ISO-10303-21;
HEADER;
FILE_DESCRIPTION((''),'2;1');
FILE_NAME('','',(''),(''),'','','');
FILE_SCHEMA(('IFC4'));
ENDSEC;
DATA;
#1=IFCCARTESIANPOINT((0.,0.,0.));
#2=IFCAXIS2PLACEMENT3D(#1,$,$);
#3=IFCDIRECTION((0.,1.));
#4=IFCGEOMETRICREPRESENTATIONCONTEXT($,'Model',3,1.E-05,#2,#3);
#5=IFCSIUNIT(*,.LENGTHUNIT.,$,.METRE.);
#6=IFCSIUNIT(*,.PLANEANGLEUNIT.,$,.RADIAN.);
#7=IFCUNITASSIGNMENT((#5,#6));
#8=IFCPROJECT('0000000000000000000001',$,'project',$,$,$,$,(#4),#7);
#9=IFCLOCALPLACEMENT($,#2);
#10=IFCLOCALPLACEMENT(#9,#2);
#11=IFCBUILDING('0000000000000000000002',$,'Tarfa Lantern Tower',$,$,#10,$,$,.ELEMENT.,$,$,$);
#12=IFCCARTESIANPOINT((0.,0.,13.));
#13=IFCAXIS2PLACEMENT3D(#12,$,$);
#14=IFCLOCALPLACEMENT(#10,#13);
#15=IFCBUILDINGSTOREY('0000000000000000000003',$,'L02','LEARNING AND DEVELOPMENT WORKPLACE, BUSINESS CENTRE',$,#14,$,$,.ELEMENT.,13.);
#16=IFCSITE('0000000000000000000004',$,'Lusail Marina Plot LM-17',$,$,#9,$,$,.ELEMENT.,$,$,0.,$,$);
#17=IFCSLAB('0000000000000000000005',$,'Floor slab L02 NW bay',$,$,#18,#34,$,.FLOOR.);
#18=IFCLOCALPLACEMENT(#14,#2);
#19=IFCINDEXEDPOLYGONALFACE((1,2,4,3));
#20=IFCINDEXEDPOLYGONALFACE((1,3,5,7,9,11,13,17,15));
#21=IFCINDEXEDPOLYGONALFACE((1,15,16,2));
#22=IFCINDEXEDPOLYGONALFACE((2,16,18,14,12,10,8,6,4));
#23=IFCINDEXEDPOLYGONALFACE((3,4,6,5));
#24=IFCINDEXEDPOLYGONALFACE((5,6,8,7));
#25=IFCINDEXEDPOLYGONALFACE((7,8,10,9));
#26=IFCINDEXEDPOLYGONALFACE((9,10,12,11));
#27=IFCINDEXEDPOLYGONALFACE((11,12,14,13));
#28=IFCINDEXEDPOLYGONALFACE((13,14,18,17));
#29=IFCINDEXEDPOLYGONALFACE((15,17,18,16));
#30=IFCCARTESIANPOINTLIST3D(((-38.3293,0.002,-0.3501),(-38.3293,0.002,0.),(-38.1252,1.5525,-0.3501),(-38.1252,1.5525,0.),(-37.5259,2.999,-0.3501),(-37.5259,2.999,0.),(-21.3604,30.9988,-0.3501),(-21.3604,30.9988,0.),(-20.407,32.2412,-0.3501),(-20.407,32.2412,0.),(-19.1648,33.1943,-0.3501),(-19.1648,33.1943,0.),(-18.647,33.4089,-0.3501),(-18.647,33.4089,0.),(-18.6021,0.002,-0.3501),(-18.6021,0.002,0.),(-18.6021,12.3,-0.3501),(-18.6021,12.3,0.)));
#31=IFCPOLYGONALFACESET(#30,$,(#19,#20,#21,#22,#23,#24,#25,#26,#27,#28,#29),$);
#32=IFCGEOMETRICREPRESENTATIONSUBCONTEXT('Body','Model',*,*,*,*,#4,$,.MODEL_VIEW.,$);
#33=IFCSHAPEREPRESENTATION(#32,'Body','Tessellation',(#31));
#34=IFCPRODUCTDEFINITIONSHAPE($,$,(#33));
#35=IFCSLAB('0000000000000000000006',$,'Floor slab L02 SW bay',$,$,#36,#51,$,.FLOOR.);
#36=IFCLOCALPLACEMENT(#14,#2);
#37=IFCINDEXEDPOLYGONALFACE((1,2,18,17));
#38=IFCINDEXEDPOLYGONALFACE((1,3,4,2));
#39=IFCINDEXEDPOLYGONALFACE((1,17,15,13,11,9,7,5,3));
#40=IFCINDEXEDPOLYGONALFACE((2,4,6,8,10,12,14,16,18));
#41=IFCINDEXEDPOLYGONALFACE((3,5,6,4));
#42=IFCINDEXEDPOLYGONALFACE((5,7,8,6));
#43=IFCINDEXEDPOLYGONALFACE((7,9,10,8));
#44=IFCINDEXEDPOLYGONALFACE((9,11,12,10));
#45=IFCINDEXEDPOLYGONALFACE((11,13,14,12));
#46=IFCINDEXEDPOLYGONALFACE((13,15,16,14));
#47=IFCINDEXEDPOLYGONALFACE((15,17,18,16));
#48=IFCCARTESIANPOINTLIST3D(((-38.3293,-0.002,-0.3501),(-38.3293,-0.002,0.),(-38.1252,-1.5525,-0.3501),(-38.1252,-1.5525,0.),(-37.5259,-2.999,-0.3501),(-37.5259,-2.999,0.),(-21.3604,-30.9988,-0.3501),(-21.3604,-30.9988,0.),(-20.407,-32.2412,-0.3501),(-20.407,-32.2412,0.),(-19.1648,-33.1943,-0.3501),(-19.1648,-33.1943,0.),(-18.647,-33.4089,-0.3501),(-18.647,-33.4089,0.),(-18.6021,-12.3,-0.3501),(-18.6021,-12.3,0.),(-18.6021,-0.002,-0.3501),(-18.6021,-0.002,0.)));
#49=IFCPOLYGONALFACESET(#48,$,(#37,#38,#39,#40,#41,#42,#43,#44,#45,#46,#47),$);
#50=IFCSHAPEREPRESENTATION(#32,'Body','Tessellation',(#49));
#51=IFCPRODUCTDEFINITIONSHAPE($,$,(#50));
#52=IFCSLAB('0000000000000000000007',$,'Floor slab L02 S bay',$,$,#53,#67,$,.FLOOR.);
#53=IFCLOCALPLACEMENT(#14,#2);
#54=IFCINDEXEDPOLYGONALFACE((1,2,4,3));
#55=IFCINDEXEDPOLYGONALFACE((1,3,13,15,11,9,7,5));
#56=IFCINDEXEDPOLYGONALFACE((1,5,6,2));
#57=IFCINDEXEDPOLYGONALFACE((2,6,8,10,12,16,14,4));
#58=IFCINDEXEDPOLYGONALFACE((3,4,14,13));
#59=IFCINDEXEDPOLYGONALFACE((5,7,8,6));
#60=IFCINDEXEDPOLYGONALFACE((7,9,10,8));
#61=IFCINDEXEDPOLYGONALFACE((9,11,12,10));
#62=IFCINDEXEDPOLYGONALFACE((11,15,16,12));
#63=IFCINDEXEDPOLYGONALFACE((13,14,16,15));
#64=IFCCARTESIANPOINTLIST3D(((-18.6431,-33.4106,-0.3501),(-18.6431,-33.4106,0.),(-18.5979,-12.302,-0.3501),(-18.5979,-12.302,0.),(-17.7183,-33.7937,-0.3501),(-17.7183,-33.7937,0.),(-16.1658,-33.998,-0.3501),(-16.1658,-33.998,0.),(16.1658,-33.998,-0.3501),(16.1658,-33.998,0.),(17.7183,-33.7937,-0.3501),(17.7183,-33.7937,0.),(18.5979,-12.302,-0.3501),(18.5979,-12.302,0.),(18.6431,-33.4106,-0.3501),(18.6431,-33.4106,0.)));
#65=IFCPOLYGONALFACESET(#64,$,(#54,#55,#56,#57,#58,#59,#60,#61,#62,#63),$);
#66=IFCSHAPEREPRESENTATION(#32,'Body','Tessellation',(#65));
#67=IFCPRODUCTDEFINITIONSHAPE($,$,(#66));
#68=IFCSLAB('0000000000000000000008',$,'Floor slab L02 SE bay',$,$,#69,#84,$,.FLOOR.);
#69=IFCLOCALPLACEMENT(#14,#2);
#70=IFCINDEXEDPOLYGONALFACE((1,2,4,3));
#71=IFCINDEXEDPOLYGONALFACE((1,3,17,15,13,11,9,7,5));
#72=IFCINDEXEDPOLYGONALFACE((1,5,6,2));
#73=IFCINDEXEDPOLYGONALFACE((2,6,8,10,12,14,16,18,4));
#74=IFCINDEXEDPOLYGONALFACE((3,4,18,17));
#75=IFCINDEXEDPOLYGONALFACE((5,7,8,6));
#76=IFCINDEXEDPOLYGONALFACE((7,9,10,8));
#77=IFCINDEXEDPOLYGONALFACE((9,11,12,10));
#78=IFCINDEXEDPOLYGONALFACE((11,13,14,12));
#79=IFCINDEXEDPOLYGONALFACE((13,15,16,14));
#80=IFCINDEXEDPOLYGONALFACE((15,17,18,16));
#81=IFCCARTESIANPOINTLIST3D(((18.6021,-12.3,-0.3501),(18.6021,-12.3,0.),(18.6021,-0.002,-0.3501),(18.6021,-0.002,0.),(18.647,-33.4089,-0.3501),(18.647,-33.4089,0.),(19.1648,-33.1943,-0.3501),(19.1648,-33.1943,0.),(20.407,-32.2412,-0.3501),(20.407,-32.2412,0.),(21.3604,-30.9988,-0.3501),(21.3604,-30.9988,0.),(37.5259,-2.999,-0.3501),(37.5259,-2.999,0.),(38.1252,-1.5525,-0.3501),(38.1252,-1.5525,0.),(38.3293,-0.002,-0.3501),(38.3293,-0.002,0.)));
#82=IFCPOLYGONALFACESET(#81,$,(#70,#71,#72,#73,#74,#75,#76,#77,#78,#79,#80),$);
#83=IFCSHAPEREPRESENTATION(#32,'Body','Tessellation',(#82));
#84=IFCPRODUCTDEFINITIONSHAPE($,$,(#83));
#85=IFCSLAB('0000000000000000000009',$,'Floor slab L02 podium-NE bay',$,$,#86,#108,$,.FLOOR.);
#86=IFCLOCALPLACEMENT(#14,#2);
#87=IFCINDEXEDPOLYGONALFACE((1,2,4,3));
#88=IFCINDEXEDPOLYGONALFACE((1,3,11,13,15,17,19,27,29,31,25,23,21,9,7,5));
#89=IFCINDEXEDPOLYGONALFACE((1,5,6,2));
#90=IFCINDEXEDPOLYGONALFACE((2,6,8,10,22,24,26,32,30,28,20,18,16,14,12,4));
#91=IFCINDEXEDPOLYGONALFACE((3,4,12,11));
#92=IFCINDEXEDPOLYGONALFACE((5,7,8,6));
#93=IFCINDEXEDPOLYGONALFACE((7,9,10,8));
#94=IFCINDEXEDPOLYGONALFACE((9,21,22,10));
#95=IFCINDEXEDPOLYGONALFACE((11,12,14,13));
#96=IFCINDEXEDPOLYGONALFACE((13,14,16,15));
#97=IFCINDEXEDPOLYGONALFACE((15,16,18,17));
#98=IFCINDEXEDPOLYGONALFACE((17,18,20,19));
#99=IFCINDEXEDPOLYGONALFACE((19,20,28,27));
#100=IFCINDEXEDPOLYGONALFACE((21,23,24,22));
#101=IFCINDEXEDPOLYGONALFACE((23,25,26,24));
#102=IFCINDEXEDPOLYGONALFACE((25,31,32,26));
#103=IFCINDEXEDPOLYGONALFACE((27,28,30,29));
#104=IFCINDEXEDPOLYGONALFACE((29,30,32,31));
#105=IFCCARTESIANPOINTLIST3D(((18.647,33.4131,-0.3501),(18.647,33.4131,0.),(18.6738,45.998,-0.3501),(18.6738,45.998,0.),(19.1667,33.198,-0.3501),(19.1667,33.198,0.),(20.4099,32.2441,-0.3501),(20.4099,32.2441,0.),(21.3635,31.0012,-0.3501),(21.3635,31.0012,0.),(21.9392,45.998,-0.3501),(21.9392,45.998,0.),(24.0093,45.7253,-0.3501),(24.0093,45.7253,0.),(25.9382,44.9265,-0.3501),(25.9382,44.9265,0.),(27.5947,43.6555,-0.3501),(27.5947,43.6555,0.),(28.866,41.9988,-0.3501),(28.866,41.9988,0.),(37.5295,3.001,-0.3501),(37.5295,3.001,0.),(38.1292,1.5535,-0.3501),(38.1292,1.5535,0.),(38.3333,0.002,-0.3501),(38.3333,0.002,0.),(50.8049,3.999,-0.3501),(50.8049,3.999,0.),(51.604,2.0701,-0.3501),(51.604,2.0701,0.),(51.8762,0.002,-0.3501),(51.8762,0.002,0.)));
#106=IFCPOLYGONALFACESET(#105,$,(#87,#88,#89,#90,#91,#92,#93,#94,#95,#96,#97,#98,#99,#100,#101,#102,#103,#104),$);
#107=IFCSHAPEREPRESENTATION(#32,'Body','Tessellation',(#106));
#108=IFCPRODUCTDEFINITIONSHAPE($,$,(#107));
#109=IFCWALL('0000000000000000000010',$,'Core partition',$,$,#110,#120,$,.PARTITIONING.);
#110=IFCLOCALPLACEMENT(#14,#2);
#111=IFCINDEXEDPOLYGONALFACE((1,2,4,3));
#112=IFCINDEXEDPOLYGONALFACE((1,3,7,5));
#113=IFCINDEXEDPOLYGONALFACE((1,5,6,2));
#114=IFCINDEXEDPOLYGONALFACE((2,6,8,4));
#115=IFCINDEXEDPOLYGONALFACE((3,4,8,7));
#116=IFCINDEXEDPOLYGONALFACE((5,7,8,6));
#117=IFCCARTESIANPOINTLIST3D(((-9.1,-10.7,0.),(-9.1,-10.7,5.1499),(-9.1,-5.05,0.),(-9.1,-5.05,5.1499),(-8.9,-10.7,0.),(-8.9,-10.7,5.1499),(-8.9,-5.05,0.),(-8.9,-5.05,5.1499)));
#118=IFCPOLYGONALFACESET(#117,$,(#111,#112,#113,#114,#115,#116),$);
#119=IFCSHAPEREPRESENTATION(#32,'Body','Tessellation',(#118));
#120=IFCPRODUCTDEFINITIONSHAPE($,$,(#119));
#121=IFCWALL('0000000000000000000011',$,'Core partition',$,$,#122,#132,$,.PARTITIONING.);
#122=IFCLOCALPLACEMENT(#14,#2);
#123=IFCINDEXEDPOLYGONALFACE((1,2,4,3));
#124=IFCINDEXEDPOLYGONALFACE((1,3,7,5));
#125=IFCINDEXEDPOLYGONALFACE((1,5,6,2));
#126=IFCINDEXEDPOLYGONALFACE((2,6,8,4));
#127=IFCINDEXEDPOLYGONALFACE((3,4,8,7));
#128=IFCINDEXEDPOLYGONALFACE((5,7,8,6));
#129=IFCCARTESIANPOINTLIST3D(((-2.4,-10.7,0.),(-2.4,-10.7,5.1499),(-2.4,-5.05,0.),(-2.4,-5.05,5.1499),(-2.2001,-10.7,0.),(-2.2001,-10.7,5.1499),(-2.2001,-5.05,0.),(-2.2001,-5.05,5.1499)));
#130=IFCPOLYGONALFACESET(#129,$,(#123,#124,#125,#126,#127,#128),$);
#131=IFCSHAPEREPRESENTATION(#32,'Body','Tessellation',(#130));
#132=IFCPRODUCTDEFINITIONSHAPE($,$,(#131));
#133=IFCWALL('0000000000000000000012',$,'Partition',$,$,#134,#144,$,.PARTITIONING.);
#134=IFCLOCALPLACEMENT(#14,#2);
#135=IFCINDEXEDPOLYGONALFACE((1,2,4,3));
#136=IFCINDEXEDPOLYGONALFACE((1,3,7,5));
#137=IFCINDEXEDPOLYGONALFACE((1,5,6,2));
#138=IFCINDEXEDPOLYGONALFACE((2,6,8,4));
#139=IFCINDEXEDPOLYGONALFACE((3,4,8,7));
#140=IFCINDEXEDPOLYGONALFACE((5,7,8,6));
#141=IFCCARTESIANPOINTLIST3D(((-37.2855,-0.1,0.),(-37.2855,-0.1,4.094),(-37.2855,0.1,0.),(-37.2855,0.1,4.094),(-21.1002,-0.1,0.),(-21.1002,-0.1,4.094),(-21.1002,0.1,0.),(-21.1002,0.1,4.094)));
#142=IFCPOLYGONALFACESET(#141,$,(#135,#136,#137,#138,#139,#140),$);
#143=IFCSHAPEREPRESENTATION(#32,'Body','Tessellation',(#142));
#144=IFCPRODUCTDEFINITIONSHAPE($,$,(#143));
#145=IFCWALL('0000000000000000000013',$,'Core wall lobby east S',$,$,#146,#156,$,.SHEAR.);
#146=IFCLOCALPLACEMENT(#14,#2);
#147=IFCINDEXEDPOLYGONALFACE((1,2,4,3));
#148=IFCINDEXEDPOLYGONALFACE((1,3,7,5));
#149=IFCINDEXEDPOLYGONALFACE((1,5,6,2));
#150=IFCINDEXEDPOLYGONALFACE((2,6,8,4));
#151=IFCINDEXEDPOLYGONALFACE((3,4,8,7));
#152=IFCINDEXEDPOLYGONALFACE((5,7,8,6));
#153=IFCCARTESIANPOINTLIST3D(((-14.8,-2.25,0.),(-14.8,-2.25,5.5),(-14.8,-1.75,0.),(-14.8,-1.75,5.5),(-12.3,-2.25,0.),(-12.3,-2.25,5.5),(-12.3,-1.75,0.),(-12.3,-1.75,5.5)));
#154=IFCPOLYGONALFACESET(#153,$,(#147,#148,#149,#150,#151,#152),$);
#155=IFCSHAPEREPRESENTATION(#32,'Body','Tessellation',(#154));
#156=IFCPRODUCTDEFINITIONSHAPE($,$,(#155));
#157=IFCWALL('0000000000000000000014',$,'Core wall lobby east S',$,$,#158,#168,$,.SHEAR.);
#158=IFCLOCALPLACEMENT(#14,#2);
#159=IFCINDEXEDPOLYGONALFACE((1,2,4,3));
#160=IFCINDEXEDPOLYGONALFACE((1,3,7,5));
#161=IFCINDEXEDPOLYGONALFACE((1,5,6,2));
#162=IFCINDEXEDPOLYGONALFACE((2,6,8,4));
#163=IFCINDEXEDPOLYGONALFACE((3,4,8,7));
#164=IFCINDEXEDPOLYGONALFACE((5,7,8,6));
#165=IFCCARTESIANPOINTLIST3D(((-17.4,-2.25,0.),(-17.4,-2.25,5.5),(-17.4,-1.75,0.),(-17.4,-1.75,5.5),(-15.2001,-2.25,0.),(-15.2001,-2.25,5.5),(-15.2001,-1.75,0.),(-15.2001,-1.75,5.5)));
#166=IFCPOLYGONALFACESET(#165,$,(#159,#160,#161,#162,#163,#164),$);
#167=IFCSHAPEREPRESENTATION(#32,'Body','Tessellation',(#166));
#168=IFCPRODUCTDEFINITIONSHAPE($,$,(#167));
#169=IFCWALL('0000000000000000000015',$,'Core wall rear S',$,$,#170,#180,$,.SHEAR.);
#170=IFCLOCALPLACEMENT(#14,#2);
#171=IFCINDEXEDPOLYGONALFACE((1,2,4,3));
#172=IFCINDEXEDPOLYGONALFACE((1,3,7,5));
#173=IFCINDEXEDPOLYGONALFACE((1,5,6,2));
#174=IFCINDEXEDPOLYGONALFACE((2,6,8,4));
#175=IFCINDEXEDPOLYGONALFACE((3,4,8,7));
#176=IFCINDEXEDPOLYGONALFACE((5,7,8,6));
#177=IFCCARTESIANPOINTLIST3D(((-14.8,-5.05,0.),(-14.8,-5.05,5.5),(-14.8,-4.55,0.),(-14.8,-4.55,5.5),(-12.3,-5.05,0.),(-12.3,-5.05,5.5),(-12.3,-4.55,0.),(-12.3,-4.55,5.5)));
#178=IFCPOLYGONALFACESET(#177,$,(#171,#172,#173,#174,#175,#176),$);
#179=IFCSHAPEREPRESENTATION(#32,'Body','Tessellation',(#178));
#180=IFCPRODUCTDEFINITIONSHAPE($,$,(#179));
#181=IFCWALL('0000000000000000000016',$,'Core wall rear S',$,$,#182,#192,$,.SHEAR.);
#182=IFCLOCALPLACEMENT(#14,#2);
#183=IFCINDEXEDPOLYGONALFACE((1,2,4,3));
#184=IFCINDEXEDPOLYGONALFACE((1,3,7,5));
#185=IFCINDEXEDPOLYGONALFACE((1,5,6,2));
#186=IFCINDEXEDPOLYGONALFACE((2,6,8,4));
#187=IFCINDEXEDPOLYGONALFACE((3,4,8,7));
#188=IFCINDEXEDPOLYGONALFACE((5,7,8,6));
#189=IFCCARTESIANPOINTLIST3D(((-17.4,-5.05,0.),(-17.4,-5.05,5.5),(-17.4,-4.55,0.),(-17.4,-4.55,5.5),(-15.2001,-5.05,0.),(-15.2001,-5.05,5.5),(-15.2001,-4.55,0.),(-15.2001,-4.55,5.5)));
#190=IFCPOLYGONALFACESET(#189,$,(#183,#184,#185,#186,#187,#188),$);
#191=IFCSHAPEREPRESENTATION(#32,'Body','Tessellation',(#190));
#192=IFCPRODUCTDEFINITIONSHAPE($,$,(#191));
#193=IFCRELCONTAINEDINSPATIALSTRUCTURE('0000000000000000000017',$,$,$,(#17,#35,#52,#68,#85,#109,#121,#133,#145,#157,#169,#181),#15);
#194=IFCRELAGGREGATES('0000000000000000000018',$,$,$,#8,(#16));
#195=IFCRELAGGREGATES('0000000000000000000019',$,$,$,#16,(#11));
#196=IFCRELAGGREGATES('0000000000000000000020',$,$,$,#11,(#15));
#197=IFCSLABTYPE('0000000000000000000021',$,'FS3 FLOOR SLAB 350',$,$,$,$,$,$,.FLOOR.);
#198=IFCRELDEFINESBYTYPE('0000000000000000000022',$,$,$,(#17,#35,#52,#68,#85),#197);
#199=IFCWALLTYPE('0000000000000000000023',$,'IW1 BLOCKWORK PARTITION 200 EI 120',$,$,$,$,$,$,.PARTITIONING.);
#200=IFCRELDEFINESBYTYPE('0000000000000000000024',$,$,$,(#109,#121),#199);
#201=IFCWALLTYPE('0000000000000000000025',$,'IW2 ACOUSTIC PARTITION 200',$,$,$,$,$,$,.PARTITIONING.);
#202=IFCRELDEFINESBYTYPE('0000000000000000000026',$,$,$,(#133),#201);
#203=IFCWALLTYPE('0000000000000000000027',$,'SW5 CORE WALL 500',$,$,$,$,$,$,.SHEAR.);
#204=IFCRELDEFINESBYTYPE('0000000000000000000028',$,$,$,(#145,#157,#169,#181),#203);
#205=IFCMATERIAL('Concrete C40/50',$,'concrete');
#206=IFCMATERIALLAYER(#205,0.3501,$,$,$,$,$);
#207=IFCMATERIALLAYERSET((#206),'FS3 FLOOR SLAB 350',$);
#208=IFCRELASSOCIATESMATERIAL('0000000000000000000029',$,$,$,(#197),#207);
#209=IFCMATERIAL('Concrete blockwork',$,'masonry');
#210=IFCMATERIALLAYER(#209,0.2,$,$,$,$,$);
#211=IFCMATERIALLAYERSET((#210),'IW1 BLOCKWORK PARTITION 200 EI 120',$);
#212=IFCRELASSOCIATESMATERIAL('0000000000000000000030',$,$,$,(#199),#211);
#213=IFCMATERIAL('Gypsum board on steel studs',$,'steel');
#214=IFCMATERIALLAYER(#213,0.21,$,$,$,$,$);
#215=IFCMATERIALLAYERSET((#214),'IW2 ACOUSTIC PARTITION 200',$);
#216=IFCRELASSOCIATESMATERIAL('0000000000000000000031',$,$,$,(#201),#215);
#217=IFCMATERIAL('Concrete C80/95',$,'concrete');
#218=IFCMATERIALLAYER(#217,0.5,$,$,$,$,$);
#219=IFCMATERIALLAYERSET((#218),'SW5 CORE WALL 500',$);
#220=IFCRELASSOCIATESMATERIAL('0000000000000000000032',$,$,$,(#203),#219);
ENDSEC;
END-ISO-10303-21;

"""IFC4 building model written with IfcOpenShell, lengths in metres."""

from ifc_helpers import new_model, si_unit, direction, frame, frame_2d, origin, place, context, subcontext, project, spatial, polyline, rectangle, outline, extrude, material, layer, layer_set, type_object, element, save


model = new_model("IFC4")

# Units and contexts
model_context = context("Model", 3, precision=1e-05, world=origin(), true_north=direction((0.0, 1.0)))
body_context = subcontext(model_context, "Body", "Model", "MODEL_VIEW")
ifc_project = project(units=[si_unit("LENGTHUNIT", "METRE"), si_unit("PLANEANGLEUNIT", "RADIAN")], contexts=[model_context])

# Site, building, storey
site_placement = place(None, origin())
site = spatial("IfcSite", under=ifc_project, at=site_placement, Name="Lusail Marina Plot LM-17", CompositionType="ELEMENT", RefElevation=0.0)
building_placement = place(site_placement, origin())
building = spatial("IfcBuilding", under=site, at=building_placement, Name="Tarfa Lantern Tower", CompositionType="ELEMENT")
storey_placement = place(building_placement, frame((0.0, 0.0, 13.0)))
storey = spatial("IfcBuildingStorey", under=building, at=storey_placement, Name="L02", Description="LEARNING AND DEVELOPMENT WORKPLACE, BUSINESS CENTRE", CompositionType="ELEMENT", Elevation=13.0)

# Slabs
ifc_material_1 = material(Name="Concrete C40/50", Category="concrete")
ifc_layer_1 = layer(ifc_material_1, 0.3501)
ifc_layer_set_1 = layer_set([ifc_layer_1], Name="FS3 FLOOR SLAB 350")
slab_type = type_object("IfcSlabType", Name="FS3 FLOOR SLAB 350", PredefinedType="FLOOR", material=ifc_layer_set_1)
slab_1_placement = place(storey_placement, frame((0.0, 0.0, -0.3501)))
element("IfcSlab", 1, at=slab_1_placement, inside=storey, type_object=slab_type, Name="Floor slab L02 NW bay", PredefinedType="FLOOR", context=body_context, shape_type="SweptSolid", body=[
    extrude(outline(polyline([(-18.6021, 0.002), (-18.6021, 12.3), (-18.647, 33.4089), (-19.1648, 33.1943), (-20.407, 32.2412), (-21.3604, 30.9988), (-37.5259, 2.999), (-38.1252, 1.5525), (-38.3293, 0.002), (-18.6021, 0.002)])), origin(), (0.0, 0.0, 1.0), 0.3501),
])
slab_2_placement = place(storey_placement, frame((0.0, 0.0, -0.3501)))
element("IfcSlab", 2, at=slab_2_placement, inside=storey, type_object=slab_type, Name="Floor slab L02 SW bay", PredefinedType="FLOOR", context=body_context, shape_type="SweptSolid", body=[
    extrude(outline(polyline([(-18.6021, -12.3), (-18.6021, -0.002), (-38.3293, -0.002), (-38.1252, -1.5525), (-37.5259, -2.999), (-21.3604, -30.9988), (-20.407, -32.2412), (-19.1648, -33.1943), (-18.647, -33.4089), (-18.6021, -12.3)])), origin(), (0.0, 0.0, 1.0), 0.3501),
])
slab_3_placement = place(storey_placement, frame((0.0, 0.0, -0.3501)))
element("IfcSlab", 3, at=slab_3_placement, inside=storey, type_object=slab_type, Name="Floor slab L02 S bay", PredefinedType="FLOOR", context=body_context, shape_type="SweptSolid", body=[
    extrude(outline(polyline([(18.5979, -12.302), (-18.5979, -12.302), (-18.6431, -33.4106), (-17.7183, -33.7937), (-16.1658, -33.998), (16.1658, -33.998), (17.7183, -33.7937), (18.6431, -33.4106), (18.5979, -12.302)])), origin(), (0.0, 0.0, 1.0), 0.3501),
])
slab_4_placement = place(storey_placement, frame((0.0, 0.0, -0.3501)))
element("IfcSlab", 4, at=slab_4_placement, inside=storey, type_object=slab_type, Name="Floor slab L02 SE bay", PredefinedType="FLOOR", context=body_context, shape_type="SweptSolid", body=[
    extrude(outline(polyline([(18.6021, -0.002), (18.6021, -12.3), (18.647, -33.4089), (19.1648, -33.1943), (20.407, -32.2412), (21.3604, -30.9988), (37.5259, -2.999), (38.1252, -1.5525), (38.3293, -0.002), (18.6021, -0.002)])), origin(), (0.0, 0.0, 1.0), 0.3501),
])
slab_5_placement = place(storey_placement, frame((0.0, 0.0, -0.3501)))
element("IfcSlab", 5, at=slab_5_placement, inside=storey, type_object=slab_type, Name="Floor slab L02 podium-NE bay", PredefinedType="FLOOR", context=body_context, shape_type="SweptSolid", body=[
    extrude(outline(polyline([(50.8049, 3.999), (28.866, 41.9988), (27.5947, 43.6555), (25.9382, 44.9265), (24.0093, 45.7253), (21.9392, 45.998), (18.6738, 45.998), (18.647, 33.4131), (19.1667, 33.198), (20.4099, 32.2441), (21.3635, 31.0012), (37.5295, 3.001), (38.1292, 1.5535), (38.3333, 0.002), (51.8762, 0.002), (51.604, 2.0701), (50.8049, 3.999)])), origin(), (0.0, 0.0, 1.0), 0.3501),
])

# Walls
ifc_material_2 = material(Name="Concrete blockwork", Category="masonry")
ifc_layer_2 = layer(ifc_material_2, 0.2)
ifc_layer_set_2 = layer_set([ifc_layer_2], Name="IW1 BLOCKWORK PARTITION 200 EI 120")
wall_type_1 = type_object("IfcWallType", Name="IW1 BLOCKWORK PARTITION 200 EI 120", PredefinedType="PARTITIONING", material=ifc_layer_set_2)
for number, where, z_axis, x_axis, name in (
    (6, (-9.0, -5.05, 0.0), (0.0, 0.0, 1.0), (0.0, -1.0, 0.0), "Core partition"),
    (7, (-2.3, -5.05, 0.0), (0.0, 0.0, 1.0), (0.0, -1.0, 0.0), "Core partition"),
):
    element("IfcWall", number, at=place(storey_placement, frame(where, z_axis=z_axis, x_axis=x_axis)), inside=storey, type_object=wall_type_1, Name=name, PredefinedType="PARTITIONING", context=body_context, shape_type="SweptSolid", body=[
        extrude(rectangle(XDim=5.6499, YDim=0.2, at=frame_2d((2.825, 0.0))), origin(), (0.0, 0.0, 1.0), 5.1499),
    ])
ifc_material_3 = material(Name="Gypsum board on steel studs", Category="steel")
ifc_layer_3 = layer(ifc_material_3, 0.21)
ifc_layer_set_3 = layer_set([ifc_layer_3], Name="IW2 ACOUSTIC PARTITION 200")
wall_type_2 = type_object("IfcWallType", Name="IW2 ACOUSTIC PARTITION 200", PredefinedType="PARTITIONING", material=ifc_layer_set_3)
wall_1_placement = place(storey_placement, frame((-21.1001, 0.0, 0.0), z_axis=(0.0, 0.0, 1.0), x_axis=(-1.0, 0.0, 0.0)))
element("IfcWall", 8, at=wall_1_placement, inside=storey, type_object=wall_type_2, Name="Partition", PredefinedType="PARTITIONING", context=body_context, shape_type="SweptSolid", body=[
    extrude(rectangle(XDim=16.1853, YDim=0.2, at=frame_2d((8.0928, 0.0))), origin(), (0.0, 0.0, 1.0), 4.094),
])
ifc_material_4 = material(Name="Concrete C80/95", Category="concrete")
ifc_layer_4 = layer(ifc_material_4, 0.5)
ifc_layer_set_4 = layer_set([ifc_layer_4], Name="SW5 CORE WALL 500")
wall_type_3 = type_object("IfcWallType", Name="SW5 CORE WALL 500", PredefinedType="SHEAR", material=ifc_layer_set_4)
wall_2_placement = place(storey_placement, frame((-12.3, -2.0, 0.0), z_axis=(0.0, 0.0, 1.0), x_axis=(-1.0, 0.0, 0.0)))
element("IfcWall", 9, at=wall_2_placement, inside=storey, type_object=wall_type_3, Name="Core wall lobby east S", PredefinedType="SHEAR", context=body_context, shape_type="SweptSolid", body=[
    extrude(rectangle(XDim=2.5, YDim=0.5, at=frame_2d((1.25, 0.0))), origin(), (0.0, 0.0, 1.0), 5.5),
])
wall_3_placement = place(storey_placement, frame((-15.2, -2.0, 0.0), z_axis=(0.0, 0.0, 1.0), x_axis=(-1.0, 0.0, 0.0)))
element("IfcWall", 10, at=wall_3_placement, inside=storey, type_object=wall_type_3, Name="Core wall lobby east S", PredefinedType="SHEAR", context=body_context, shape_type="SweptSolid", body=[
    extrude(rectangle(XDim=2.2, YDim=0.5, at=frame_2d((1.1001, 0.0))), origin(), (0.0, 0.0, 1.0), 5.5),
])
wall_4_placement = place(storey_placement, frame((-12.3, -4.8, 0.0), z_axis=(0.0, 0.0, 1.0), x_axis=(-1.0, 0.0, 0.0)))
element("IfcWall", 11, at=wall_4_placement, inside=storey, type_object=wall_type_3, Name="Core wall rear S", PredefinedType="SHEAR", context=body_context, shape_type="SweptSolid", body=[
    extrude(rectangle(XDim=2.5, YDim=0.5, at=frame_2d((1.25, 0.0))), origin(), (0.0, 0.0, 1.0), 5.5),
])
wall_5_placement = place(storey_placement, frame((-15.2, -4.8, 0.0), z_axis=(0.0, 0.0, 1.0), x_axis=(-1.0, 0.0, 0.0)))
element("IfcWall", 12, at=wall_5_placement, inside=storey, type_object=wall_type_3, Name="Core wall rear S", PredefinedType="SHEAR", context=body_context, shape_type="SweptSolid", body=[
    extrude(rectangle(XDim=2.2, YDim=0.5, at=frame_2d((1.1001, 0.0))), origin(), (0.0, 0.0, 1.0), 5.5),
])

save(model, "model.ifc")
